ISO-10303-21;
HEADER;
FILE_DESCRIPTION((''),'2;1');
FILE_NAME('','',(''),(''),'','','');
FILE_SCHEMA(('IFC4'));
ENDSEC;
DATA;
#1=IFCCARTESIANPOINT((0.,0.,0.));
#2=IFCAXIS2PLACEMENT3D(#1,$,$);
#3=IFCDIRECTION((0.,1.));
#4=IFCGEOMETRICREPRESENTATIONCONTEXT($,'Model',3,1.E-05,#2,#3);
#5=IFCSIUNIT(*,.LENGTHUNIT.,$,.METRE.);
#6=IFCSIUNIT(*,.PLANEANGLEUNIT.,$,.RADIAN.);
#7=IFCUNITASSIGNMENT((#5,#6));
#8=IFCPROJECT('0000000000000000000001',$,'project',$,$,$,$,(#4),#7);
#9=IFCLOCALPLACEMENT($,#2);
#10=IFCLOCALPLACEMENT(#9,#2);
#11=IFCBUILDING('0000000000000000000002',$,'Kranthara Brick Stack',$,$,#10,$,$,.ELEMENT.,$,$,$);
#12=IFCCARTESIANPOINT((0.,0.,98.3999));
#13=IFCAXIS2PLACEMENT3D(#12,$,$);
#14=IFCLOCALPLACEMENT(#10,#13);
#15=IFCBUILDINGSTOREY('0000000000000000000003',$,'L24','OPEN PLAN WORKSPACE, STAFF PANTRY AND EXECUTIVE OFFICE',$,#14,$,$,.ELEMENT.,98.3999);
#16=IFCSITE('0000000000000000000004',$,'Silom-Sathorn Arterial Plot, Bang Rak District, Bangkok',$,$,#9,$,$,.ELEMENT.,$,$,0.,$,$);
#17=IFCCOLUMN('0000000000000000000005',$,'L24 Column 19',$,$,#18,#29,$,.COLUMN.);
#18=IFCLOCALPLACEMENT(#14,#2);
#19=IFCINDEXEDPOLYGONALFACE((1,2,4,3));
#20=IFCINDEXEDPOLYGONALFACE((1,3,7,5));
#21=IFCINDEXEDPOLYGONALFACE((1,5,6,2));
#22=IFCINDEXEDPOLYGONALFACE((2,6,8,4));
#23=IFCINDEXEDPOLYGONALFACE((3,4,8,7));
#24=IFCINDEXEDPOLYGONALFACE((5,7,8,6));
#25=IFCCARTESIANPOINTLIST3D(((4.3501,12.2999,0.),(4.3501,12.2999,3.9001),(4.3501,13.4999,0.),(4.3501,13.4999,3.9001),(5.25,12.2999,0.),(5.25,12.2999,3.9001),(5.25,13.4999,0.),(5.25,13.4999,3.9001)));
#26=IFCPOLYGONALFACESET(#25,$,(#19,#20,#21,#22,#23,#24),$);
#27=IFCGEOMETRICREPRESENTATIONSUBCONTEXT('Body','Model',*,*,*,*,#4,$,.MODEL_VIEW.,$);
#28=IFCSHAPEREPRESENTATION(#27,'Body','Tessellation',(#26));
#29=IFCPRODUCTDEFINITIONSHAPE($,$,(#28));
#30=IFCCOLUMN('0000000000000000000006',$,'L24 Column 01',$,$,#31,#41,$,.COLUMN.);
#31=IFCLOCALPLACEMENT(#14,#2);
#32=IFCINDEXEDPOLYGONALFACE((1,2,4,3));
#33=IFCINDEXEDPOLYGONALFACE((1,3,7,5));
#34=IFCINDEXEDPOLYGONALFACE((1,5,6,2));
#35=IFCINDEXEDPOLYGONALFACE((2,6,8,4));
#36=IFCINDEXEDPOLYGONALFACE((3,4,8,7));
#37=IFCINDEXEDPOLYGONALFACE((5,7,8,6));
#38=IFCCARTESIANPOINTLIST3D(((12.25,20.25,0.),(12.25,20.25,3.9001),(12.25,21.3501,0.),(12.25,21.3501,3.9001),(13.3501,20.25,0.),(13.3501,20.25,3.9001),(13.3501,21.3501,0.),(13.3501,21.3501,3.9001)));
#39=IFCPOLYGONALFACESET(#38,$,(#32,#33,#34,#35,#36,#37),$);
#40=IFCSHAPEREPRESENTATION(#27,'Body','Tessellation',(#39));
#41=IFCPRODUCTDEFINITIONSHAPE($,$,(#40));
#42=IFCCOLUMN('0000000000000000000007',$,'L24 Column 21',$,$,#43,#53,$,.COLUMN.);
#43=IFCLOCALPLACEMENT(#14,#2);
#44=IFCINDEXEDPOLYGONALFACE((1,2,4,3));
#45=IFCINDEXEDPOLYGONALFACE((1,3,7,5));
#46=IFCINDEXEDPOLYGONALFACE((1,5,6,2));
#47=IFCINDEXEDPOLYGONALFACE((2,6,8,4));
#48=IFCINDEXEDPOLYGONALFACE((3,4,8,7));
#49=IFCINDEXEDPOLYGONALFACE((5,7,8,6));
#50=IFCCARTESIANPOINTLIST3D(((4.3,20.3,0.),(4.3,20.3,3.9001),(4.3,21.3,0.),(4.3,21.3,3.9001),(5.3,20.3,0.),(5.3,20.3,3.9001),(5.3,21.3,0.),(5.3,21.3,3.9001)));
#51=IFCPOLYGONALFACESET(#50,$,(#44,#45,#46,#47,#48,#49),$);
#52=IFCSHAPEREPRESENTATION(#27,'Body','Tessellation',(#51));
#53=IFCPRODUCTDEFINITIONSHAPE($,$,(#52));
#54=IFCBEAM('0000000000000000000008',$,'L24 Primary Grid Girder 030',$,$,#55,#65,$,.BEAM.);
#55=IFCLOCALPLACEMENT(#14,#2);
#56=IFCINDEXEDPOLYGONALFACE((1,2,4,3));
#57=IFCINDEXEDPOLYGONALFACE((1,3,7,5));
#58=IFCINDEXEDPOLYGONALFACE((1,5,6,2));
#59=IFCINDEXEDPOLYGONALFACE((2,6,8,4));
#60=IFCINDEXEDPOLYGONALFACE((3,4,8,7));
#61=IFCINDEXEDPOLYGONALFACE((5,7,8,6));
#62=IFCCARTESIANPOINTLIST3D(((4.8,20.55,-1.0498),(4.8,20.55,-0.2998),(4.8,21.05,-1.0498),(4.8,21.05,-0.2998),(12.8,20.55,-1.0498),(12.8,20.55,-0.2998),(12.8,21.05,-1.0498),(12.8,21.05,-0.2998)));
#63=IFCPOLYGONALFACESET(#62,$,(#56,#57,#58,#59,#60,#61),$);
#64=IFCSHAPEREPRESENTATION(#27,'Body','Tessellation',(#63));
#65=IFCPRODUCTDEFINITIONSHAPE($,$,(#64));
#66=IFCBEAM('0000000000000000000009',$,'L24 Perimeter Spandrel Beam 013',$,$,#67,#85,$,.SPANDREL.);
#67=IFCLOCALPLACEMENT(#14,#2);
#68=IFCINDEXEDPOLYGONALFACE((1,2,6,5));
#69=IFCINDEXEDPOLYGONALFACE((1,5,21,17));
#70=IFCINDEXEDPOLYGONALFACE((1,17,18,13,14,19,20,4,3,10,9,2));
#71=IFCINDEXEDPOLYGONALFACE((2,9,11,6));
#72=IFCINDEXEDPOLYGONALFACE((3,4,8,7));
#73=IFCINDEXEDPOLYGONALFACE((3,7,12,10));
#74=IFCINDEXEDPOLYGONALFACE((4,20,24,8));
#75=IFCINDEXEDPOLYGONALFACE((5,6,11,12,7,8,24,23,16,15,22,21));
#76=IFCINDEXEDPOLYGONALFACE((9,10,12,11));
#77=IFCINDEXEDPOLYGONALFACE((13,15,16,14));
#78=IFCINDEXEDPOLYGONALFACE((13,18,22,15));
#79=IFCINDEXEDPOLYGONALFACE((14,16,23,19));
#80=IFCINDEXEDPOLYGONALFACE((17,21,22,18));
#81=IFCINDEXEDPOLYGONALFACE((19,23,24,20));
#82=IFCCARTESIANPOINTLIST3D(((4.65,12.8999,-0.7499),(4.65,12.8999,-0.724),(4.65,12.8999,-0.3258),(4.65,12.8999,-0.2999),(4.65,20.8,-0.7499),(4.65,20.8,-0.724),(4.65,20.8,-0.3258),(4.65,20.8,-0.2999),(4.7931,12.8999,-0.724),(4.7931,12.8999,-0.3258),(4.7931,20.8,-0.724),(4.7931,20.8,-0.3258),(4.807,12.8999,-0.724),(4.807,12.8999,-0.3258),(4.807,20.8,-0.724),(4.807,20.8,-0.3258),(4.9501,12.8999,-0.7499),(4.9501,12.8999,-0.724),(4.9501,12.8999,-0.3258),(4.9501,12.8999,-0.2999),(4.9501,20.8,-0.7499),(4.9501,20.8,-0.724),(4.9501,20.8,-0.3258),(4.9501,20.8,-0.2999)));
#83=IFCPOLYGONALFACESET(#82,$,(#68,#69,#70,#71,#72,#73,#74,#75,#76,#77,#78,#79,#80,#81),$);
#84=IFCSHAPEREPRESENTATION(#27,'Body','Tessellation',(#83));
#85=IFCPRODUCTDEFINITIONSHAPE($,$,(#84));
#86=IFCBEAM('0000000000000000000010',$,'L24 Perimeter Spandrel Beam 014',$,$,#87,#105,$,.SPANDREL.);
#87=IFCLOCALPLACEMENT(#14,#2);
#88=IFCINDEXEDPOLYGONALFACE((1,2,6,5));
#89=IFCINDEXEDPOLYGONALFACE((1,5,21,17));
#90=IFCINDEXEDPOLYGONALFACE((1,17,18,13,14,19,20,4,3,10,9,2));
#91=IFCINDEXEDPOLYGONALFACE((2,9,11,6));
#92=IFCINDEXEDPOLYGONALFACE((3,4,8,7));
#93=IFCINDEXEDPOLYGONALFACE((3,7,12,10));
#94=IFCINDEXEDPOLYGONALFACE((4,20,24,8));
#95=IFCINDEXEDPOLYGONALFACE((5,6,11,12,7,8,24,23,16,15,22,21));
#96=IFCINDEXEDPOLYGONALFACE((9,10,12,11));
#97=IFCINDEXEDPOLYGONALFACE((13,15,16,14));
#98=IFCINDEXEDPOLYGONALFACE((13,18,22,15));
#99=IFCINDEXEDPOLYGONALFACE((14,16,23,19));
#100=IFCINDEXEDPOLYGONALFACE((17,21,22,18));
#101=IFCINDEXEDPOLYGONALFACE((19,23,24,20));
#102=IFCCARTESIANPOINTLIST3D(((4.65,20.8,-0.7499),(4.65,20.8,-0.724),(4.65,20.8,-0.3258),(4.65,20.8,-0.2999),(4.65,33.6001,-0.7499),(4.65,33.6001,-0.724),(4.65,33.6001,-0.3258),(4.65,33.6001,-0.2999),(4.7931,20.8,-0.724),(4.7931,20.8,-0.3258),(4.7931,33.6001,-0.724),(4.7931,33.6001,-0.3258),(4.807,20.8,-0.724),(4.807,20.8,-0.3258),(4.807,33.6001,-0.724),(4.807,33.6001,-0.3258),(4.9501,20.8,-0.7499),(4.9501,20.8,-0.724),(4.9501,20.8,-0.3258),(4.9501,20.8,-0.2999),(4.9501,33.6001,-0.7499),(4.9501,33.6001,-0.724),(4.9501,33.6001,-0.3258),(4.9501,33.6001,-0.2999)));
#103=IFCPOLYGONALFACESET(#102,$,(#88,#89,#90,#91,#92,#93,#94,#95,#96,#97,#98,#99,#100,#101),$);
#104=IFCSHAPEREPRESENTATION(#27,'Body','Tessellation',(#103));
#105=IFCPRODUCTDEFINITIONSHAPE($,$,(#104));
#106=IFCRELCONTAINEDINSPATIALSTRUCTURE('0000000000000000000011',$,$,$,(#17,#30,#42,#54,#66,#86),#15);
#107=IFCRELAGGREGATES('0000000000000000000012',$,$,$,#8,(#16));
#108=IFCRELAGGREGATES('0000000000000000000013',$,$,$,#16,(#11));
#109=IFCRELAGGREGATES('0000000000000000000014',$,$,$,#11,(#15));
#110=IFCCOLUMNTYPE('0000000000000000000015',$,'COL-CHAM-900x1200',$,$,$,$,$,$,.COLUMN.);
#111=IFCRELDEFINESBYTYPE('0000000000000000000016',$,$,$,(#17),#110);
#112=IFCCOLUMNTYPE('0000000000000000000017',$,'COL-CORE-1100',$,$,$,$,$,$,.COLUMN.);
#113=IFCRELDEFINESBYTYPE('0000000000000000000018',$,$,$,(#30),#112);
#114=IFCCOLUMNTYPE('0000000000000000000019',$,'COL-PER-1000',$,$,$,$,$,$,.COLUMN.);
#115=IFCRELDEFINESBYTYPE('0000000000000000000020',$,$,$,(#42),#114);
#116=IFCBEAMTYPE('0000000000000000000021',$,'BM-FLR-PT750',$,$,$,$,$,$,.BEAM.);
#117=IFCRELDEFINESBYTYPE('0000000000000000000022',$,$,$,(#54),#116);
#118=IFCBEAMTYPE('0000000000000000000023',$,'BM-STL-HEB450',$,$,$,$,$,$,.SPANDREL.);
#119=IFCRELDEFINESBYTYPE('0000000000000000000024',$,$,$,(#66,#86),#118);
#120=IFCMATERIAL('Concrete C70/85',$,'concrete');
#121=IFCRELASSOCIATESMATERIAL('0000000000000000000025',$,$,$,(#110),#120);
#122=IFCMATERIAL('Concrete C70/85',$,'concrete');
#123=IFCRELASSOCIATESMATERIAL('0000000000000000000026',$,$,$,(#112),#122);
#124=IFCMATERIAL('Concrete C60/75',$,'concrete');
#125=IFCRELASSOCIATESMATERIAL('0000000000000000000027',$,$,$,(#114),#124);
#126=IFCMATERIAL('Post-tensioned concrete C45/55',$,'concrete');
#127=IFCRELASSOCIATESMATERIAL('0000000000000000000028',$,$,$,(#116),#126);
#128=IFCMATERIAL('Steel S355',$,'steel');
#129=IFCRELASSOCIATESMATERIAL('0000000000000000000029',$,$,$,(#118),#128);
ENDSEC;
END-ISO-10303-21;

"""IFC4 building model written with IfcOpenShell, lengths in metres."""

from ifc_helpers import new_model, si_unit, direction, frame, origin, origin_2d, place, context, subcontext, project, spatial, rectangle, i_section, extrude, material, material_profile, profile_set, type_object, element, save


model = new_model("IFC4")

# Units and contexts
model_context = context("Model", 3, precision=1e-05, world=origin(), true_north=direction((0.0, 1.0)))
body_context = subcontext(model_context, "Body", "Model", "MODEL_VIEW")
ifc_project = project(units=[si_unit("LENGTHUNIT", "METRE"), si_unit("PLANEANGLEUNIT", "RADIAN")], contexts=[model_context])

# Site, building, storey
site_placement = place(None, origin())
site = spatial("IfcSite", under=ifc_project, at=site_placement, Name="Silom-Sathorn Arterial Plot, Bang Rak District, Bangkok", CompositionType="ELEMENT", RefElevation=0.0)
building_placement = place(site_placement, origin())
building = spatial("IfcBuilding", under=site, at=building_placement, Name="Kranthara Brick Stack", CompositionType="ELEMENT")
storey_placement = place(building_placement, frame((0.0, 0.0, 98.3999)))
storey = spatial("IfcBuildingStorey", under=building, at=storey_placement, Name="L24", Description="OPEN PLAN WORKSPACE, STAFF PANTRY AND EXECUTIVE OFFICE", CompositionType="ELEMENT", Elevation=98.3999)

# Columns
ifc_material_1 = material(Name="Concrete C70/85", Category="concrete")
ifc_material_profile_1 = material_profile(ifc_material_1, rectangle(XDim=0.8999, YDim=1.2, at=origin_2d()), Name="RC 900x1200")
ifc_profile_set_1 = profile_set([ifc_material_profile_1], Name="Concrete C70/85")
column_type_1 = type_object("IfcColumnType", Name="COL-CHAM-900x1200", PredefinedType="COLUMN", material=ifc_profile_set_1)
column_1_placement = place(storey_placement, frame((4.8, 12.8999, 0.0), z_axis=(0.0, 0.0, 1.0), x_axis=(1.0, 0.0, 0.0)))
element("IfcColumn", 1, at=column_1_placement, inside=storey, type_object=column_type_1, Name="L24 Column 19", PredefinedType="COLUMN", context=body_context, shape_type="SweptSolid", body=[
    extrude(rectangle(XDim=0.8999, YDim=1.2, at=origin_2d()), origin(), (0.0, 0.0, 1.0), 3.9001),
])
ifc_material_2 = material(Name="Concrete C70/85", Category="concrete")
ifc_material_profile_2 = material_profile(ifc_material_2, rectangle(XDim=1.1001, YDim=1.1001, at=origin_2d()), Name="RC 1100x1100")
ifc_profile_set_2 = profile_set([ifc_material_profile_2], Name="Concrete C70/85")
column_type_2 = type_object("IfcColumnType", Name="COL-CORE-1100", PredefinedType="COLUMN", material=ifc_profile_set_2)
column_2_placement = place(storey_placement, frame((12.8, 20.8, 0.0), z_axis=(0.0, 0.0, 1.0), x_axis=(1.0, 0.0, 0.0)))
element("IfcColumn", 2, at=column_2_placement, inside=storey, type_object=column_type_2, Name="L24 Column 01", PredefinedType="COLUMN", context=body_context, shape_type="SweptSolid", body=[
    extrude(rectangle(XDim=1.1001, YDim=1.1001, at=origin_2d()), origin(), (0.0, 0.0, 1.0), 3.9001),
])
ifc_material_3 = material(Name="Concrete C60/75", Category="concrete")
ifc_material_profile_3 = material_profile(ifc_material_3, rectangle(XDim=1.0, YDim=1.0, at=origin_2d()), Name="RC 1000x1000")
ifc_profile_set_3 = profile_set([ifc_material_profile_3], Name="Concrete C60/75")
column_type_3 = type_object("IfcColumnType", Name="COL-PER-1000", PredefinedType="COLUMN", material=ifc_profile_set_3)
column_3_placement = place(storey_placement, frame((4.8, 20.8, 0.0), z_axis=(0.0, 0.0, 1.0), x_axis=(1.0, 0.0, 0.0)))
element("IfcColumn", 3, at=column_3_placement, inside=storey, type_object=column_type_3, Name="L24 Column 21", PredefinedType="COLUMN", context=body_context, shape_type="SweptSolid", body=[
    extrude(rectangle(XDim=1.0, YDim=1.0, at=origin_2d()), origin(), (0.0, 0.0, 1.0), 3.9001),
])

# Beams
ifc_material_4 = material(Name="Post-tensioned concrete C45/55", Category="concrete")
ifc_material_profile_4 = material_profile(ifc_material_4, rectangle(XDim=0.5, YDim=0.75, at=origin_2d()), Name="PT 500x750")
ifc_profile_set_4 = profile_set([ifc_material_profile_4], Name="Post-tensioned concrete C45/55")
beam_type_1 = type_object("IfcBeamType", Name="BM-FLR-PT750", PredefinedType="BEAM", material=ifc_profile_set_4)
beam_1_placement = place(storey_placement, frame((4.8, 20.8, -0.6748), z_axis=(1.0, 0.0, 0.0), x_axis=(0.0, 1.0, 0.0)))
element("IfcBeam", 4, at=beam_1_placement, inside=storey, type_object=beam_type_1, Name="L24 Primary Grid Girder 030", PredefinedType="BEAM", context=body_context, shape_type="SweptSolid", body=[
    extrude(rectangle(XDim=0.5, YDim=0.75, at=origin_2d()), origin(), (0.0, 0.0, 1.0), 8.0),
])
ifc_material_5 = material(Name="Steel S355", Category="steel")
ifc_material_profile_5 = material_profile(ifc_material_5, i_section(OverallWidth=0.3, OverallDepth=0.45, WebThickness=0.0139, FlangeThickness=0.0259, at=origin_2d()), Name="HEB 450")
ifc_profile_set_5 = profile_set([ifc_material_profile_5], Name="Steel S355")
beam_type_2 = type_object("IfcBeamType", Name="BM-STL-HEB450", PredefinedType="SPANDREL", material=ifc_profile_set_5)
beam_2_placement = place(storey_placement, frame((4.8, 12.8999, -0.5249), z_axis=(0.0, 1.0, 0.0), x_axis=(-1.0, 0.0, 0.0)))
element("IfcBeam", 5, at=beam_2_placement, inside=storey, type_object=beam_type_2, Name="L24 Perimeter Spandrel Beam 013", PredefinedType="SPANDREL", context=body_context, shape_type="SweptSolid", body=[
    extrude(i_section(OverallWidth=0.3, OverallDepth=0.45, WebThickness=0.0139, FlangeThickness=0.0259, at=origin_2d()), origin(), (0.0, 0.0, 1.0), 7.9001),
])
beam_3_placement = place(storey_placement, frame((4.8, 20.8, -0.5249), z_axis=(0.0, 1.0, 0.0), x_axis=(-1.0, 0.0, 0.0)))
element("IfcBeam", 6, at=beam_3_placement, inside=storey, type_object=beam_type_2, Name="L24 Perimeter Spandrel Beam 014", PredefinedType="SPANDREL", context=body_context, shape_type="SweptSolid", body=[
    extrude(i_section(OverallWidth=0.3, OverallDepth=0.45, WebThickness=0.0139, FlangeThickness=0.0259, at=origin_2d()), origin(), (0.0, 0.0, 1.0), 12.8),
])

save(model, "model.ifc")
